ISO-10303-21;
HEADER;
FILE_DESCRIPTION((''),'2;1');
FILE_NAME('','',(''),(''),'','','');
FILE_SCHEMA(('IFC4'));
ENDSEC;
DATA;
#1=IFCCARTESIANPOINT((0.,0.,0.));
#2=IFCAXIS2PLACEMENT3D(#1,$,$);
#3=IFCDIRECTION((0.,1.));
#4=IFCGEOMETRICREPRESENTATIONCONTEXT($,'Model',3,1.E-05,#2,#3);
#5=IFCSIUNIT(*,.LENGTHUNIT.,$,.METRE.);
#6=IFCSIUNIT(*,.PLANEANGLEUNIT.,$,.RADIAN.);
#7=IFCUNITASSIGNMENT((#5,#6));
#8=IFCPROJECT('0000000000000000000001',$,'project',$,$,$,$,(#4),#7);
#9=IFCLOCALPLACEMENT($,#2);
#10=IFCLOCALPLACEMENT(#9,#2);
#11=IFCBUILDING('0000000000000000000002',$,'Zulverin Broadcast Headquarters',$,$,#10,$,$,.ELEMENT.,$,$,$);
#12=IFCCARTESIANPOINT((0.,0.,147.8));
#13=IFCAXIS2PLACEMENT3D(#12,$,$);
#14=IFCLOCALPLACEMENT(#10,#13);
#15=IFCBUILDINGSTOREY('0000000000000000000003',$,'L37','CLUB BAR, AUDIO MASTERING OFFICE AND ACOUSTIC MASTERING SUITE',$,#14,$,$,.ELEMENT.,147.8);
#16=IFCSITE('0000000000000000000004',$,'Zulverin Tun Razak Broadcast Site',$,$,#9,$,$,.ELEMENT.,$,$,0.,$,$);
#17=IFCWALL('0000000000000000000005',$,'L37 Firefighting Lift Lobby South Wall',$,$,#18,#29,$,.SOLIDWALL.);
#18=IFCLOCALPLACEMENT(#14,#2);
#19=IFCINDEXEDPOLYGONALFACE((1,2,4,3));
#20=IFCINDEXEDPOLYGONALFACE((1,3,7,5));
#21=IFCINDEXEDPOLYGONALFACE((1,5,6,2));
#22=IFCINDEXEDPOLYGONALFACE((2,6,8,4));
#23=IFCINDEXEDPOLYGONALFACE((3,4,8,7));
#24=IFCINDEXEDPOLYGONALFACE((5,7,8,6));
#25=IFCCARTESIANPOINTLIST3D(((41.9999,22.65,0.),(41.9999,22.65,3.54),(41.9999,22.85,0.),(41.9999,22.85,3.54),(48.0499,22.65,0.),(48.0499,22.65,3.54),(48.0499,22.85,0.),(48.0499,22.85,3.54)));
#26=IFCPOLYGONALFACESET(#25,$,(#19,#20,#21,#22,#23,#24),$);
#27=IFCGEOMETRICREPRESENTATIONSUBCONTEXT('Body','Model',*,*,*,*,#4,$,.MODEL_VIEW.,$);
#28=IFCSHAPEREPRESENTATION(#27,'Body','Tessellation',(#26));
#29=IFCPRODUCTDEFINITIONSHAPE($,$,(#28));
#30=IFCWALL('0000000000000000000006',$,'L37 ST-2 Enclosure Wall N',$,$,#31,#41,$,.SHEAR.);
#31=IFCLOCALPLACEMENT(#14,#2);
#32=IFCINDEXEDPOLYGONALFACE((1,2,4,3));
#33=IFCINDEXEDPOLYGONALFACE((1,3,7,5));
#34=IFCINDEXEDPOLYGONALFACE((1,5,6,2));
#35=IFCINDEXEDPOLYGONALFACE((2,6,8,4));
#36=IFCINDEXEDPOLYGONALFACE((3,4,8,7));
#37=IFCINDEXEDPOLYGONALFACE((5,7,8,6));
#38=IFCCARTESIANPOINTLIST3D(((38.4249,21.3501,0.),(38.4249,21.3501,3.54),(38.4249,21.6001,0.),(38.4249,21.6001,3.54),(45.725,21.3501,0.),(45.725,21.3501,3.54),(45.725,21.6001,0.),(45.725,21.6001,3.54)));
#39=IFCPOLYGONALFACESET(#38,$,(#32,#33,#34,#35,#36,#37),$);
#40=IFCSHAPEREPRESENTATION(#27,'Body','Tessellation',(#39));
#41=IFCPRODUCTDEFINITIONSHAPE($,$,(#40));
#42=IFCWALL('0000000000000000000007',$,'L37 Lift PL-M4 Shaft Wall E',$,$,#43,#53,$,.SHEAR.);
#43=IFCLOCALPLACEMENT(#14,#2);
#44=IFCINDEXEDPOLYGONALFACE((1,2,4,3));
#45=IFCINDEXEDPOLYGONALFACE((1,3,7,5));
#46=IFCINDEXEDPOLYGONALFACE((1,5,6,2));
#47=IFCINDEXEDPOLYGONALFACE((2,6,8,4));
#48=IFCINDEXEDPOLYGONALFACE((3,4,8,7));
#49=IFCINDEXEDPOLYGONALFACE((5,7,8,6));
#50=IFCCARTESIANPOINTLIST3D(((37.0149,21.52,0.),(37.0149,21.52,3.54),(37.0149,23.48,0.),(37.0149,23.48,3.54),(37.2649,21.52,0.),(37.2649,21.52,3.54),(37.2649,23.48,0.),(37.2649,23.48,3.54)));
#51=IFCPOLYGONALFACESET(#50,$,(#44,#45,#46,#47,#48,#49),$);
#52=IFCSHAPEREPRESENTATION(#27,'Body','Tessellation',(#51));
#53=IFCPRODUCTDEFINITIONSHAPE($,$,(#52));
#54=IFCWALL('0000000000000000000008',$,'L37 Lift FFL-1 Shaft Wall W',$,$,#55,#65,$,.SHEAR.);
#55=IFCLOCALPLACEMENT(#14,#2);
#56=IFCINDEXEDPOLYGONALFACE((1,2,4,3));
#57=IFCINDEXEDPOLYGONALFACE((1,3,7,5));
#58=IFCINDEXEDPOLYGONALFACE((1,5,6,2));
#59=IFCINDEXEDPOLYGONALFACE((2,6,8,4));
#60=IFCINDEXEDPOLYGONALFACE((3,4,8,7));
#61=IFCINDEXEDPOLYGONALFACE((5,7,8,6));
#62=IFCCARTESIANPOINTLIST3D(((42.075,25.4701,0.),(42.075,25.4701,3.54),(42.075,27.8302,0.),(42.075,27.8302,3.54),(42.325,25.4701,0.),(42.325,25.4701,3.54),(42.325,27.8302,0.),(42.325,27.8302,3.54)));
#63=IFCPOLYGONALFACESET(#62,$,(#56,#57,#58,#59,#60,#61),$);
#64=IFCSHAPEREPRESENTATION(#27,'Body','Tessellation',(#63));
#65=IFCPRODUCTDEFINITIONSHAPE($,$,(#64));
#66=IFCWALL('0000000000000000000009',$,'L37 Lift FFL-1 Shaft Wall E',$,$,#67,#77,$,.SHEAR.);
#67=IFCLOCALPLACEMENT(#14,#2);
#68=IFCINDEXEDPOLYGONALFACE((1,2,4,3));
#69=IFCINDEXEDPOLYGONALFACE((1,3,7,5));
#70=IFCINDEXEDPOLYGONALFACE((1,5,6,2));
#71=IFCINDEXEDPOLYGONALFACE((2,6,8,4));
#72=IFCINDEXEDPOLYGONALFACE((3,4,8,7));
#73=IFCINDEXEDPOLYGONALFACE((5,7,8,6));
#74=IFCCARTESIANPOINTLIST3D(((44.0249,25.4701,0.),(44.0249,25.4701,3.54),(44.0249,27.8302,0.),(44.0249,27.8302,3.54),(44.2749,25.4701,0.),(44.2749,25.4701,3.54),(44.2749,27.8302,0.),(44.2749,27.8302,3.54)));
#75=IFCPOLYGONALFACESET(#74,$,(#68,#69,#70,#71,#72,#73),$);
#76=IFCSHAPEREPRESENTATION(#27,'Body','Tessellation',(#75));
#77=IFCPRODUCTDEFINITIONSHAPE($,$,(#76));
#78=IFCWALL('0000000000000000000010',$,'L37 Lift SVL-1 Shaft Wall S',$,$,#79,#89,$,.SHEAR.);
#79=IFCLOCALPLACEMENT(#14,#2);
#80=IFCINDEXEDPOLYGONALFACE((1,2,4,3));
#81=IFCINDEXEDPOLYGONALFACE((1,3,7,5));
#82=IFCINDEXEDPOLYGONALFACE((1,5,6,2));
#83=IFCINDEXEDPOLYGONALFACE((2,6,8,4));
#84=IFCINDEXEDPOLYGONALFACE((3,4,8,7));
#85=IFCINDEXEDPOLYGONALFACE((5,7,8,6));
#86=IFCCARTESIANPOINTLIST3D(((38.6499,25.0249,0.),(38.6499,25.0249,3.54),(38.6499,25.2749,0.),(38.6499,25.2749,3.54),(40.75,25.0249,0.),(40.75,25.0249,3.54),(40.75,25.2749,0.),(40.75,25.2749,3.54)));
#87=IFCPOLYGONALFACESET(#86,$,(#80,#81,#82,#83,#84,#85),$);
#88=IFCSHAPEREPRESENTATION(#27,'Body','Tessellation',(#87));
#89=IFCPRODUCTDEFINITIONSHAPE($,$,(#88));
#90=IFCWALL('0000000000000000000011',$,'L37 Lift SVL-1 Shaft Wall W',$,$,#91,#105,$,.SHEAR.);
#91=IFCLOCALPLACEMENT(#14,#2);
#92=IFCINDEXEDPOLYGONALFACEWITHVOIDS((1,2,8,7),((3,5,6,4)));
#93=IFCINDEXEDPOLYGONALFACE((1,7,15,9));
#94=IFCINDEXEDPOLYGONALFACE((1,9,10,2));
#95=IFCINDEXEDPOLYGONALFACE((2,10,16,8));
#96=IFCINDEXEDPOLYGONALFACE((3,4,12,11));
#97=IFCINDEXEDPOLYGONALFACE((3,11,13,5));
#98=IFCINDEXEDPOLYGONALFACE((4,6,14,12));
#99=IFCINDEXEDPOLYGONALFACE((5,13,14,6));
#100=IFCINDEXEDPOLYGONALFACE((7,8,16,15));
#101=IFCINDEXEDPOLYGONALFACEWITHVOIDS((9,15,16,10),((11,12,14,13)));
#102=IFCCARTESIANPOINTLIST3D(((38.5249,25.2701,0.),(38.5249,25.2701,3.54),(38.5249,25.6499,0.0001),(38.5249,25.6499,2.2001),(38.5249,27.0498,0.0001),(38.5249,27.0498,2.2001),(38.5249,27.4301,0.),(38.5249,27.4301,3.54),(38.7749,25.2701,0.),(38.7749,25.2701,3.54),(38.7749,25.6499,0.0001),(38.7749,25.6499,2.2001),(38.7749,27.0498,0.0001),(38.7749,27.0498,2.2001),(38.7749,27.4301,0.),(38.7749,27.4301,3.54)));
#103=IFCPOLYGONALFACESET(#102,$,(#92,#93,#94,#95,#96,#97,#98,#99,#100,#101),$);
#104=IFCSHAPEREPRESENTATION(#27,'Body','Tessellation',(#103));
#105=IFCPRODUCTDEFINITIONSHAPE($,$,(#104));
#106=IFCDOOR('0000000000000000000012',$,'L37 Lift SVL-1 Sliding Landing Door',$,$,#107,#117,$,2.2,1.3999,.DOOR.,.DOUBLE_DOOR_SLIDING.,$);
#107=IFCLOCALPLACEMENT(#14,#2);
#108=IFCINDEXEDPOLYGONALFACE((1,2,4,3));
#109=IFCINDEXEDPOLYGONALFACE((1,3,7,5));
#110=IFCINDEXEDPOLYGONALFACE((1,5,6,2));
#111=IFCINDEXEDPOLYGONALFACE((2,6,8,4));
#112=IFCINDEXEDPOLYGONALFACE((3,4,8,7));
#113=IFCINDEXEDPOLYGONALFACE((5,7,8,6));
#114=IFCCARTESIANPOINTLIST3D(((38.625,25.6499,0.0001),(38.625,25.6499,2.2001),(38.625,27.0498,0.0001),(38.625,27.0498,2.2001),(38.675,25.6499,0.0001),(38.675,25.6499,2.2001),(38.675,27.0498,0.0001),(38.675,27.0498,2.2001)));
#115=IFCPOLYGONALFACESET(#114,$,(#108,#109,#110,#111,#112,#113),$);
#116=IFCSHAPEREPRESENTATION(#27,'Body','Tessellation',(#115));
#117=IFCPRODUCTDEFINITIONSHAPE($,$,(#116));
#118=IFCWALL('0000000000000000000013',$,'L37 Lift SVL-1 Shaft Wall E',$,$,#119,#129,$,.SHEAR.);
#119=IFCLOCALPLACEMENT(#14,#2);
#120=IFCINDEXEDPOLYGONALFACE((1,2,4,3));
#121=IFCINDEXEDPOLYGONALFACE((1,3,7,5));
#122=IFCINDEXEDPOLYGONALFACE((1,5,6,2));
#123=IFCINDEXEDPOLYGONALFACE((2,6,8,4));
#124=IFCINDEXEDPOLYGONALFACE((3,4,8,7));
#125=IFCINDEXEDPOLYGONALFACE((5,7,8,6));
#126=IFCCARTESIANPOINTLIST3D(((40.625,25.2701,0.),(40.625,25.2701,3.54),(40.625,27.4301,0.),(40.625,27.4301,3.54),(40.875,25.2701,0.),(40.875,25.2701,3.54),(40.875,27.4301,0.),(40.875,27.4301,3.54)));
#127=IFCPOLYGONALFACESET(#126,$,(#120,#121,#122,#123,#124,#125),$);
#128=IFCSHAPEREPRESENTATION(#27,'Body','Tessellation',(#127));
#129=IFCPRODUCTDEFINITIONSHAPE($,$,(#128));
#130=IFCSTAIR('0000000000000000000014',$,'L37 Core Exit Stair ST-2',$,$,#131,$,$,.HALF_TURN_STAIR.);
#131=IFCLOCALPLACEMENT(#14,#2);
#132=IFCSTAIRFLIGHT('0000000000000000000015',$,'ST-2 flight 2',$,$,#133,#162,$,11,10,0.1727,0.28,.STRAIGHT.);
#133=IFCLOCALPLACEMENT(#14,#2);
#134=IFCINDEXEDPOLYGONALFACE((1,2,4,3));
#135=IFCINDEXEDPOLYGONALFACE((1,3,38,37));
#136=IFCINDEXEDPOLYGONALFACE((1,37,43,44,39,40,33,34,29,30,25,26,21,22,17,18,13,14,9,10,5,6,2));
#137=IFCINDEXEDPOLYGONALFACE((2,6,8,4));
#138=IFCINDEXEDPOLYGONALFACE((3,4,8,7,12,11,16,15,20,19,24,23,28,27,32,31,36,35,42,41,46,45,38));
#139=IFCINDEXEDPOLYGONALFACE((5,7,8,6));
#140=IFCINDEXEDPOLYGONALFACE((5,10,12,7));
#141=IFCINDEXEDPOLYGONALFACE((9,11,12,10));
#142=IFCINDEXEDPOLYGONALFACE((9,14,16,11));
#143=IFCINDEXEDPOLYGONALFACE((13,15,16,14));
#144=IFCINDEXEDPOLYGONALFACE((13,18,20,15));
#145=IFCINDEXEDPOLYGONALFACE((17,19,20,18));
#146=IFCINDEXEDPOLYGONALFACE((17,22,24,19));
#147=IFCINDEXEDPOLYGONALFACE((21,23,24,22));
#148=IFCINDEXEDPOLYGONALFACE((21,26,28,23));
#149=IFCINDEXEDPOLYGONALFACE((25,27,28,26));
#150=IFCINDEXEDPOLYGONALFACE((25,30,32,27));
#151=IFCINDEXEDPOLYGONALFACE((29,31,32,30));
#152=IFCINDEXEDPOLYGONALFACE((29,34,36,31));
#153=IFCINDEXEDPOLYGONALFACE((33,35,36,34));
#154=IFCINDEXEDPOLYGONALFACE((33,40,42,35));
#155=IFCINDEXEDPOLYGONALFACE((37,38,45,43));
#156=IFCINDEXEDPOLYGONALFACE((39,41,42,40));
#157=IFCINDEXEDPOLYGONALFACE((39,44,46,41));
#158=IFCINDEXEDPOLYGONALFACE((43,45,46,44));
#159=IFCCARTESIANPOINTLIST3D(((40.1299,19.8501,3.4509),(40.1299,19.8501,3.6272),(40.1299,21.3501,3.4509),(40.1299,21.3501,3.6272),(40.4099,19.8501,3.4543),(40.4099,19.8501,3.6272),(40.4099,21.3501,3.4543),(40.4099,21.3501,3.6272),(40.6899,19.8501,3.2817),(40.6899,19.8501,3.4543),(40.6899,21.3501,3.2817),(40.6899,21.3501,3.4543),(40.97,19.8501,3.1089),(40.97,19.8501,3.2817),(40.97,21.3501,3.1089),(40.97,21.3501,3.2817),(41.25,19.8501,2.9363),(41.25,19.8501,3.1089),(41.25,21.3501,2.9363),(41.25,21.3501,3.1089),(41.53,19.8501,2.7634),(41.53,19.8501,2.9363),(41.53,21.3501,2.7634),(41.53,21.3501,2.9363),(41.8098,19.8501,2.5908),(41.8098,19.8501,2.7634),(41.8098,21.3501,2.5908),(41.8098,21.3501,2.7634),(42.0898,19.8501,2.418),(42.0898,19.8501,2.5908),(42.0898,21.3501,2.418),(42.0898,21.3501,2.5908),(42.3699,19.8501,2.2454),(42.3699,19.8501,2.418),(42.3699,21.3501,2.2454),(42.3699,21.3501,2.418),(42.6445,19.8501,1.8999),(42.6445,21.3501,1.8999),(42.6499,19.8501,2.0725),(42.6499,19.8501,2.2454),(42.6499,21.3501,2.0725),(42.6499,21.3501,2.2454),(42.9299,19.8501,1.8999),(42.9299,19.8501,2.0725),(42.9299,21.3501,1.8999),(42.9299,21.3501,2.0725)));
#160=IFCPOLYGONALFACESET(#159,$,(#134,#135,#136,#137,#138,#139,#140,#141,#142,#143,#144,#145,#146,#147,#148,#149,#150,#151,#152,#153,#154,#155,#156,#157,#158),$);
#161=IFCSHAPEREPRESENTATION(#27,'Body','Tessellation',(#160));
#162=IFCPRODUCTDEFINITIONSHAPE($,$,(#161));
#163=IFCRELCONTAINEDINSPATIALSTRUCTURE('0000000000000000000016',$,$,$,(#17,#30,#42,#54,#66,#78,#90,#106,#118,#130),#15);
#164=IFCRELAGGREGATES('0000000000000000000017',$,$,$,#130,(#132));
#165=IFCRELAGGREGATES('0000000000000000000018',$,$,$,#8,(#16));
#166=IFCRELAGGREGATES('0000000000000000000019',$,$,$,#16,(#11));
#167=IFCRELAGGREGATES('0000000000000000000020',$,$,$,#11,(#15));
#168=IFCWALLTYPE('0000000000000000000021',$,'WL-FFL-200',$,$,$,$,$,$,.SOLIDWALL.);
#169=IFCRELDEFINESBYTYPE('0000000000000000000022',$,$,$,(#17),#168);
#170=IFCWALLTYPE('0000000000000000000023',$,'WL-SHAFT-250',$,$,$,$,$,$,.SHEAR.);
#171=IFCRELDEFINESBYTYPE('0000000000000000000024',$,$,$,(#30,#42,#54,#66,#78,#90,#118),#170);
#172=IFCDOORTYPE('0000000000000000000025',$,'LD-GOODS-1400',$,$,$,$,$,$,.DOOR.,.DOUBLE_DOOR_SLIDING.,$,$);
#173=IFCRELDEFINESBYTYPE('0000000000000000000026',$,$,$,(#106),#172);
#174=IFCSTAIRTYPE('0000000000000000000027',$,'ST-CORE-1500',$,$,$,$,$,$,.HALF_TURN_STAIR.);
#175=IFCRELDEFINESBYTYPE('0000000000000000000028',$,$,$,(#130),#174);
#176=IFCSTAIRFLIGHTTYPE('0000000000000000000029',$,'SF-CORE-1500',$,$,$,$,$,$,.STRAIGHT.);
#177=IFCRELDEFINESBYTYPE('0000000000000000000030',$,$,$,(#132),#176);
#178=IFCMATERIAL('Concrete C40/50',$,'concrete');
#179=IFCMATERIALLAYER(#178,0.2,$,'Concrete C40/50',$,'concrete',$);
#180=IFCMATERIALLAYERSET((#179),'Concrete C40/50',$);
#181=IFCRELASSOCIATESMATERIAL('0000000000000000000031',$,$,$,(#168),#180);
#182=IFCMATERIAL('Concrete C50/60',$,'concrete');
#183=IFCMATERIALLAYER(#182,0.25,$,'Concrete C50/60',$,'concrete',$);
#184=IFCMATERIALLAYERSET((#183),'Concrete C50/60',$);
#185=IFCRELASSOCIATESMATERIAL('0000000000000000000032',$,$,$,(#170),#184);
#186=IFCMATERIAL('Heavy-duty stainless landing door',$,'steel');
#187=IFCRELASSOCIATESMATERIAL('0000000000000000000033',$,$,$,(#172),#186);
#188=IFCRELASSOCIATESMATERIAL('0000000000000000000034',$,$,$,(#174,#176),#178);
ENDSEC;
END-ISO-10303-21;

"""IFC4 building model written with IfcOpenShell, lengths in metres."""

from ifc_helpers import new_model, si_unit, direction, frame, frame_2d, origin, place, context, subcontext, project, spatial, polyline, rectangle, outline, extrude, material, layer, layer_set, type_object, element, fill, aggregate, save


model = new_model("IFC4")

# Units and contexts
model_context = context("Model", 3, precision=1e-05, world=origin(), true_north=direction((0.0, 1.0)))
body_context = subcontext(model_context, "Body", "Model", "MODEL_VIEW")
ifc_project = project(units=[si_unit("LENGTHUNIT", "METRE"), si_unit("PLANEANGLEUNIT", "RADIAN")], contexts=[model_context])

# Site, building, storey
site_placement = place(None, origin())
site = spatial("IfcSite", under=ifc_project, at=site_placement, Name="Zulverin Tun Razak Broadcast Site", CompositionType="ELEMENT", RefElevation=0.0)
building_placement = place(site_placement, origin())
building = spatial("IfcBuilding", under=site, at=building_placement, Name="Zulverin Broadcast Headquarters", CompositionType="ELEMENT")
storey_placement = place(building_placement, frame((0.0, 0.0, 147.8)))
storey = spatial("IfcBuildingStorey", under=building, at=storey_placement, Name="L37", Description="CLUB BAR, AUDIO MASTERING OFFICE AND ACOUSTIC MASTERING SUITE", CompositionType="ELEMENT", Elevation=147.8)

# Shared definitions
ifc_material_1 = material(Name="Concrete C40/50", Category="concrete")
ifc_layer_1 = layer(ifc_material_1, 0.2, Name="Concrete C40/50", Category="concrete")
ifc_layer_set_1 = layer_set([ifc_layer_1], Name="Concrete C40/50")
wall_type_1 = type_object("IfcWallType", Name="WL-FFL-200", PredefinedType="SOLIDWALL", material=ifc_layer_set_1)

# Wall
wall_1_placement = place(storey_placement, frame((42.0, 22.75, 0.0), z_axis=(0.0, 0.0, 1.0), x_axis=(1.0, 0.0, 0.0)))
element("IfcWall", 1, at=wall_1_placement, inside=storey, type_object=wall_type_1, Name="L37 Firefighting Lift Lobby South Wall", PredefinedType="SOLIDWALL", context=body_context, shape_type="SweptSolid", body=[
    extrude(rectangle(XDim=6.05, YDim=0.2, at=frame_2d((3.0249, 0.0))), origin(), (0.0, 0.0, 1.0), 3.54),
])

# Walls
ifc_material_2 = material(Name="Concrete C50/60", Category="concrete")
ifc_layer_2 = layer(ifc_material_2, 0.25, Name="Concrete C50/60", Category="concrete")
ifc_layer_set_2 = layer_set([ifc_layer_2], Name="Concrete C50/60")
wall_type_2 = type_object("IfcWallType", Name="WL-SHAFT-250", PredefinedType="SHEAR", material=ifc_layer_set_2)
wall_2_placement = place(storey_placement, frame((38.425, 21.4751, 0.0), z_axis=(0.0, 0.0, 1.0), x_axis=(1.0, 0.0, 0.0)))
element("IfcWall", 2, at=wall_2_placement, inside=storey, type_object=wall_type_2, Name="L37 ST-2 Enclosure Wall N", PredefinedType="SHEAR", context=body_context, shape_type="SweptSolid", body=[
    extrude(rectangle(XDim=7.3, YDim=0.25, at=frame_2d((3.6499, 0.0))), origin(), (0.0, 0.0, 1.0), 3.54),
])
wall_3_placement = place(storey_placement, frame((37.1399, 21.52, 0.0), z_axis=(0.0, 0.0, 1.0), x_axis=(0.0, 1.0, 0.0)))
element("IfcWall", 3, at=wall_3_placement, inside=storey, type_object=wall_type_2, Name="L37 Lift PL-M4 Shaft Wall E", PredefinedType="SHEAR", context=body_context, shape_type="SweptSolid", body=[
    extrude(rectangle(XDim=1.96, YDim=0.25, at=frame_2d((0.98, 0.0))), origin(), (0.0, 0.0, 1.0), 3.54),
])

# Walls
for number, where, z_axis, x_axis, name in (
    (4, (42.2, 25.47, 0.0), (0.0, 0.0, 1.0), (0.0, 1.0, 0.0), "L37 Lift FFL-1 Shaft Wall W"),
    (5, (44.1499, 25.47, 0.0), (0.0, 0.0, 1.0), (0.0, 1.0, 0.0), "L37 Lift FFL-1 Shaft Wall E"),
):
    element("IfcWall", number, at=place(storey_placement, frame(where, z_axis=z_axis, x_axis=x_axis)), inside=storey, type_object=wall_type_2, Name=name, PredefinedType="SHEAR", context=body_context, shape_type="SweptSolid", body=[
        extrude(rectangle(XDim=2.3601, YDim=0.25, at=frame_2d((1.1802, 0.0))), origin(), (0.0, 0.0, 1.0), 3.54),
    ])

# Wall
wall_4_placement = place(storey_placement, frame((38.6499, 25.1499, 0.0), z_axis=(0.0, 0.0, 1.0), x_axis=(1.0, 0.0, 0.0)))
element("IfcWall", 6, at=wall_4_placement, inside=storey, type_object=wall_type_2, Name="L37 Lift SVL-1 Shaft Wall S", PredefinedType="SHEAR", context=body_context, shape_type="SweptSolid", body=[
    extrude(rectangle(XDim=2.1001, YDim=0.25, at=frame_2d((1.05, 0.0))), origin(), (0.0, 0.0, 1.0), 3.54),
])

# Wall, opening, door
wall_5_placement = place(storey_placement, frame((38.6499, 25.27, 0.0), z_axis=(0.0, 0.0, 1.0), x_axis=(0.0, 1.0, 0.0)))
wall_5 = element("IfcWall", 7, at=wall_5_placement, inside=storey, type_object=wall_type_2, Name="L37 Lift SVL-1 Shaft Wall W", PredefinedType="SHEAR", context=body_context, shape_type="SweptSolid", body=[
    extrude(rectangle(XDim=2.1599, YDim=0.25, at=frame_2d((1.0801, 0.0))), origin(), (0.0, 0.0, 1.0), 3.54),
])
opening_1_placement = place(wall_5_placement, frame((0.3799, 0.0, 0.0)))
opening_1 = element("IfcOpeningElement", 8, at=opening_1_placement, cuts=wall_5, PredefinedType="OPENING", context=body_context, shape_type="SweptSolid", body=[
    extrude(rectangle(XDim=1.3999, YDim=2.2, at=frame_2d((0.7, 1.1001))), frame((0.0, 0.135, 0.0), z_axis=(0.0, -1.0, 0.0), x_axis=(1.0, 0.0, 0.0)), (0.0, 0.0, 1.0), 0.27),
])
ifc_material_3 = material(Name="Heavy-duty stainless landing door", Category="steel")
door_type_1 = type_object("IfcDoorType", Name="LD-GOODS-1400", OperationType="DOUBLE_DOOR_SLIDING", PredefinedType="DOOR", material=ifc_material_3)
door_1_placement = place(opening_1_placement, origin())
door_1 = element("IfcDoor", 9, at=door_1_placement, inside=storey, type_object=door_type_1, Name="L37 Lift SVL-1 Sliding Landing Door", OperationType="DOUBLE_DOOR_SLIDING", OverallHeight=2.2, OverallWidth=1.3999, PredefinedType="DOOR", context=body_context, shape_type="SweptSolid", body=[
    extrude(rectangle(XDim=1.3999, YDim=2.2, at=frame_2d((0.7, 1.1001))), frame((0.0, 0.0249, 0.0), z_axis=(0.0, -1.0, 0.0), x_axis=(1.0, 0.0, 0.0)), (0.0, 0.0, 1.0), 0.05),
])
fill(opening_1, door_1)

# Wall
wall_6_placement = place(storey_placement, frame((40.75, 25.27, 0.0), z_axis=(0.0, 0.0, 1.0), x_axis=(0.0, 1.0, 0.0)))
element("IfcWall", 10, at=wall_6_placement, inside=storey, type_object=wall_type_2, Name="L37 Lift SVL-1 Shaft Wall E", PredefinedType="SHEAR", context=body_context, shape_type="SweptSolid", body=[
    extrude(rectangle(XDim=2.1599, YDim=0.25, at=frame_2d((1.0801, 0.0))), origin(), (0.0, 0.0, 1.0), 3.54),
])

# Stair, stair flight
stair_type = type_object("IfcStairType", Name="ST-CORE-1500", PredefinedType="HALF_TURN_STAIR", material=ifc_material_1)
stair_placement = place(storey_placement, origin())
stair = element("IfcStair", 11, at=stair_placement, inside=storey, type_object=stair_type, Name="L37 Core Exit Stair ST-2", PredefinedType="HALF_TURN_STAIR")
stair_flight_type = type_object("IfcStairFlightType", Name="SF-CORE-1500", PredefinedType="STRAIGHT", material=ifc_material_1)
stair_flight_placement = place(storey_placement, frame((42.9299, 20.6001, 1.8999), z_axis=(0.0, 0.0, 1.0), x_axis=(-1.0, 0.0, 0.0)))
stair_flight = element("IfcStairFlight", 12, at=stair_flight_placement, type_object=stair_flight_type, Name="ST-2 flight 2", NumberOfRisers=11, NumberOfTreads=10, PredefinedType="STRAIGHT", RiserHeight=0.1727, TreadLength=0.28, context=body_context, shape_type="SweptSolid", body=[
    extrude(outline(polyline([(0.0, 0.0), (0.0, 0.1726), (0.28, 0.1726), (0.28, 0.3455), (0.5601, 0.3455), (0.5601, 0.5181), (0.8401, 0.5181), (0.8401, 0.6909), (1.1201, 0.6909), (1.1201, 0.8635), (1.3999, 0.8635), (1.3999, 1.0364), (1.6799, 1.0364), (1.6799, 1.209), (1.96, 1.209), (1.96, 1.3818), (2.24, 1.3818), (2.24, 1.5544), (2.52, 1.5544), (2.52, 1.7273), (2.8, 1.7273), (2.8, 1.8999), (2.8, 1.551), (0.2854, 0.0), (0.0, 0.0)])), frame((0.0, 0.75, 0.0), z_axis=(0.0, -1.0, 0.0), x_axis=(1.0, 0.0, 0.0)), (0.0, 0.0, 1.0), 1.5),
])
aggregate(stair, [stair_flight])

save(model, "model.ifc")
